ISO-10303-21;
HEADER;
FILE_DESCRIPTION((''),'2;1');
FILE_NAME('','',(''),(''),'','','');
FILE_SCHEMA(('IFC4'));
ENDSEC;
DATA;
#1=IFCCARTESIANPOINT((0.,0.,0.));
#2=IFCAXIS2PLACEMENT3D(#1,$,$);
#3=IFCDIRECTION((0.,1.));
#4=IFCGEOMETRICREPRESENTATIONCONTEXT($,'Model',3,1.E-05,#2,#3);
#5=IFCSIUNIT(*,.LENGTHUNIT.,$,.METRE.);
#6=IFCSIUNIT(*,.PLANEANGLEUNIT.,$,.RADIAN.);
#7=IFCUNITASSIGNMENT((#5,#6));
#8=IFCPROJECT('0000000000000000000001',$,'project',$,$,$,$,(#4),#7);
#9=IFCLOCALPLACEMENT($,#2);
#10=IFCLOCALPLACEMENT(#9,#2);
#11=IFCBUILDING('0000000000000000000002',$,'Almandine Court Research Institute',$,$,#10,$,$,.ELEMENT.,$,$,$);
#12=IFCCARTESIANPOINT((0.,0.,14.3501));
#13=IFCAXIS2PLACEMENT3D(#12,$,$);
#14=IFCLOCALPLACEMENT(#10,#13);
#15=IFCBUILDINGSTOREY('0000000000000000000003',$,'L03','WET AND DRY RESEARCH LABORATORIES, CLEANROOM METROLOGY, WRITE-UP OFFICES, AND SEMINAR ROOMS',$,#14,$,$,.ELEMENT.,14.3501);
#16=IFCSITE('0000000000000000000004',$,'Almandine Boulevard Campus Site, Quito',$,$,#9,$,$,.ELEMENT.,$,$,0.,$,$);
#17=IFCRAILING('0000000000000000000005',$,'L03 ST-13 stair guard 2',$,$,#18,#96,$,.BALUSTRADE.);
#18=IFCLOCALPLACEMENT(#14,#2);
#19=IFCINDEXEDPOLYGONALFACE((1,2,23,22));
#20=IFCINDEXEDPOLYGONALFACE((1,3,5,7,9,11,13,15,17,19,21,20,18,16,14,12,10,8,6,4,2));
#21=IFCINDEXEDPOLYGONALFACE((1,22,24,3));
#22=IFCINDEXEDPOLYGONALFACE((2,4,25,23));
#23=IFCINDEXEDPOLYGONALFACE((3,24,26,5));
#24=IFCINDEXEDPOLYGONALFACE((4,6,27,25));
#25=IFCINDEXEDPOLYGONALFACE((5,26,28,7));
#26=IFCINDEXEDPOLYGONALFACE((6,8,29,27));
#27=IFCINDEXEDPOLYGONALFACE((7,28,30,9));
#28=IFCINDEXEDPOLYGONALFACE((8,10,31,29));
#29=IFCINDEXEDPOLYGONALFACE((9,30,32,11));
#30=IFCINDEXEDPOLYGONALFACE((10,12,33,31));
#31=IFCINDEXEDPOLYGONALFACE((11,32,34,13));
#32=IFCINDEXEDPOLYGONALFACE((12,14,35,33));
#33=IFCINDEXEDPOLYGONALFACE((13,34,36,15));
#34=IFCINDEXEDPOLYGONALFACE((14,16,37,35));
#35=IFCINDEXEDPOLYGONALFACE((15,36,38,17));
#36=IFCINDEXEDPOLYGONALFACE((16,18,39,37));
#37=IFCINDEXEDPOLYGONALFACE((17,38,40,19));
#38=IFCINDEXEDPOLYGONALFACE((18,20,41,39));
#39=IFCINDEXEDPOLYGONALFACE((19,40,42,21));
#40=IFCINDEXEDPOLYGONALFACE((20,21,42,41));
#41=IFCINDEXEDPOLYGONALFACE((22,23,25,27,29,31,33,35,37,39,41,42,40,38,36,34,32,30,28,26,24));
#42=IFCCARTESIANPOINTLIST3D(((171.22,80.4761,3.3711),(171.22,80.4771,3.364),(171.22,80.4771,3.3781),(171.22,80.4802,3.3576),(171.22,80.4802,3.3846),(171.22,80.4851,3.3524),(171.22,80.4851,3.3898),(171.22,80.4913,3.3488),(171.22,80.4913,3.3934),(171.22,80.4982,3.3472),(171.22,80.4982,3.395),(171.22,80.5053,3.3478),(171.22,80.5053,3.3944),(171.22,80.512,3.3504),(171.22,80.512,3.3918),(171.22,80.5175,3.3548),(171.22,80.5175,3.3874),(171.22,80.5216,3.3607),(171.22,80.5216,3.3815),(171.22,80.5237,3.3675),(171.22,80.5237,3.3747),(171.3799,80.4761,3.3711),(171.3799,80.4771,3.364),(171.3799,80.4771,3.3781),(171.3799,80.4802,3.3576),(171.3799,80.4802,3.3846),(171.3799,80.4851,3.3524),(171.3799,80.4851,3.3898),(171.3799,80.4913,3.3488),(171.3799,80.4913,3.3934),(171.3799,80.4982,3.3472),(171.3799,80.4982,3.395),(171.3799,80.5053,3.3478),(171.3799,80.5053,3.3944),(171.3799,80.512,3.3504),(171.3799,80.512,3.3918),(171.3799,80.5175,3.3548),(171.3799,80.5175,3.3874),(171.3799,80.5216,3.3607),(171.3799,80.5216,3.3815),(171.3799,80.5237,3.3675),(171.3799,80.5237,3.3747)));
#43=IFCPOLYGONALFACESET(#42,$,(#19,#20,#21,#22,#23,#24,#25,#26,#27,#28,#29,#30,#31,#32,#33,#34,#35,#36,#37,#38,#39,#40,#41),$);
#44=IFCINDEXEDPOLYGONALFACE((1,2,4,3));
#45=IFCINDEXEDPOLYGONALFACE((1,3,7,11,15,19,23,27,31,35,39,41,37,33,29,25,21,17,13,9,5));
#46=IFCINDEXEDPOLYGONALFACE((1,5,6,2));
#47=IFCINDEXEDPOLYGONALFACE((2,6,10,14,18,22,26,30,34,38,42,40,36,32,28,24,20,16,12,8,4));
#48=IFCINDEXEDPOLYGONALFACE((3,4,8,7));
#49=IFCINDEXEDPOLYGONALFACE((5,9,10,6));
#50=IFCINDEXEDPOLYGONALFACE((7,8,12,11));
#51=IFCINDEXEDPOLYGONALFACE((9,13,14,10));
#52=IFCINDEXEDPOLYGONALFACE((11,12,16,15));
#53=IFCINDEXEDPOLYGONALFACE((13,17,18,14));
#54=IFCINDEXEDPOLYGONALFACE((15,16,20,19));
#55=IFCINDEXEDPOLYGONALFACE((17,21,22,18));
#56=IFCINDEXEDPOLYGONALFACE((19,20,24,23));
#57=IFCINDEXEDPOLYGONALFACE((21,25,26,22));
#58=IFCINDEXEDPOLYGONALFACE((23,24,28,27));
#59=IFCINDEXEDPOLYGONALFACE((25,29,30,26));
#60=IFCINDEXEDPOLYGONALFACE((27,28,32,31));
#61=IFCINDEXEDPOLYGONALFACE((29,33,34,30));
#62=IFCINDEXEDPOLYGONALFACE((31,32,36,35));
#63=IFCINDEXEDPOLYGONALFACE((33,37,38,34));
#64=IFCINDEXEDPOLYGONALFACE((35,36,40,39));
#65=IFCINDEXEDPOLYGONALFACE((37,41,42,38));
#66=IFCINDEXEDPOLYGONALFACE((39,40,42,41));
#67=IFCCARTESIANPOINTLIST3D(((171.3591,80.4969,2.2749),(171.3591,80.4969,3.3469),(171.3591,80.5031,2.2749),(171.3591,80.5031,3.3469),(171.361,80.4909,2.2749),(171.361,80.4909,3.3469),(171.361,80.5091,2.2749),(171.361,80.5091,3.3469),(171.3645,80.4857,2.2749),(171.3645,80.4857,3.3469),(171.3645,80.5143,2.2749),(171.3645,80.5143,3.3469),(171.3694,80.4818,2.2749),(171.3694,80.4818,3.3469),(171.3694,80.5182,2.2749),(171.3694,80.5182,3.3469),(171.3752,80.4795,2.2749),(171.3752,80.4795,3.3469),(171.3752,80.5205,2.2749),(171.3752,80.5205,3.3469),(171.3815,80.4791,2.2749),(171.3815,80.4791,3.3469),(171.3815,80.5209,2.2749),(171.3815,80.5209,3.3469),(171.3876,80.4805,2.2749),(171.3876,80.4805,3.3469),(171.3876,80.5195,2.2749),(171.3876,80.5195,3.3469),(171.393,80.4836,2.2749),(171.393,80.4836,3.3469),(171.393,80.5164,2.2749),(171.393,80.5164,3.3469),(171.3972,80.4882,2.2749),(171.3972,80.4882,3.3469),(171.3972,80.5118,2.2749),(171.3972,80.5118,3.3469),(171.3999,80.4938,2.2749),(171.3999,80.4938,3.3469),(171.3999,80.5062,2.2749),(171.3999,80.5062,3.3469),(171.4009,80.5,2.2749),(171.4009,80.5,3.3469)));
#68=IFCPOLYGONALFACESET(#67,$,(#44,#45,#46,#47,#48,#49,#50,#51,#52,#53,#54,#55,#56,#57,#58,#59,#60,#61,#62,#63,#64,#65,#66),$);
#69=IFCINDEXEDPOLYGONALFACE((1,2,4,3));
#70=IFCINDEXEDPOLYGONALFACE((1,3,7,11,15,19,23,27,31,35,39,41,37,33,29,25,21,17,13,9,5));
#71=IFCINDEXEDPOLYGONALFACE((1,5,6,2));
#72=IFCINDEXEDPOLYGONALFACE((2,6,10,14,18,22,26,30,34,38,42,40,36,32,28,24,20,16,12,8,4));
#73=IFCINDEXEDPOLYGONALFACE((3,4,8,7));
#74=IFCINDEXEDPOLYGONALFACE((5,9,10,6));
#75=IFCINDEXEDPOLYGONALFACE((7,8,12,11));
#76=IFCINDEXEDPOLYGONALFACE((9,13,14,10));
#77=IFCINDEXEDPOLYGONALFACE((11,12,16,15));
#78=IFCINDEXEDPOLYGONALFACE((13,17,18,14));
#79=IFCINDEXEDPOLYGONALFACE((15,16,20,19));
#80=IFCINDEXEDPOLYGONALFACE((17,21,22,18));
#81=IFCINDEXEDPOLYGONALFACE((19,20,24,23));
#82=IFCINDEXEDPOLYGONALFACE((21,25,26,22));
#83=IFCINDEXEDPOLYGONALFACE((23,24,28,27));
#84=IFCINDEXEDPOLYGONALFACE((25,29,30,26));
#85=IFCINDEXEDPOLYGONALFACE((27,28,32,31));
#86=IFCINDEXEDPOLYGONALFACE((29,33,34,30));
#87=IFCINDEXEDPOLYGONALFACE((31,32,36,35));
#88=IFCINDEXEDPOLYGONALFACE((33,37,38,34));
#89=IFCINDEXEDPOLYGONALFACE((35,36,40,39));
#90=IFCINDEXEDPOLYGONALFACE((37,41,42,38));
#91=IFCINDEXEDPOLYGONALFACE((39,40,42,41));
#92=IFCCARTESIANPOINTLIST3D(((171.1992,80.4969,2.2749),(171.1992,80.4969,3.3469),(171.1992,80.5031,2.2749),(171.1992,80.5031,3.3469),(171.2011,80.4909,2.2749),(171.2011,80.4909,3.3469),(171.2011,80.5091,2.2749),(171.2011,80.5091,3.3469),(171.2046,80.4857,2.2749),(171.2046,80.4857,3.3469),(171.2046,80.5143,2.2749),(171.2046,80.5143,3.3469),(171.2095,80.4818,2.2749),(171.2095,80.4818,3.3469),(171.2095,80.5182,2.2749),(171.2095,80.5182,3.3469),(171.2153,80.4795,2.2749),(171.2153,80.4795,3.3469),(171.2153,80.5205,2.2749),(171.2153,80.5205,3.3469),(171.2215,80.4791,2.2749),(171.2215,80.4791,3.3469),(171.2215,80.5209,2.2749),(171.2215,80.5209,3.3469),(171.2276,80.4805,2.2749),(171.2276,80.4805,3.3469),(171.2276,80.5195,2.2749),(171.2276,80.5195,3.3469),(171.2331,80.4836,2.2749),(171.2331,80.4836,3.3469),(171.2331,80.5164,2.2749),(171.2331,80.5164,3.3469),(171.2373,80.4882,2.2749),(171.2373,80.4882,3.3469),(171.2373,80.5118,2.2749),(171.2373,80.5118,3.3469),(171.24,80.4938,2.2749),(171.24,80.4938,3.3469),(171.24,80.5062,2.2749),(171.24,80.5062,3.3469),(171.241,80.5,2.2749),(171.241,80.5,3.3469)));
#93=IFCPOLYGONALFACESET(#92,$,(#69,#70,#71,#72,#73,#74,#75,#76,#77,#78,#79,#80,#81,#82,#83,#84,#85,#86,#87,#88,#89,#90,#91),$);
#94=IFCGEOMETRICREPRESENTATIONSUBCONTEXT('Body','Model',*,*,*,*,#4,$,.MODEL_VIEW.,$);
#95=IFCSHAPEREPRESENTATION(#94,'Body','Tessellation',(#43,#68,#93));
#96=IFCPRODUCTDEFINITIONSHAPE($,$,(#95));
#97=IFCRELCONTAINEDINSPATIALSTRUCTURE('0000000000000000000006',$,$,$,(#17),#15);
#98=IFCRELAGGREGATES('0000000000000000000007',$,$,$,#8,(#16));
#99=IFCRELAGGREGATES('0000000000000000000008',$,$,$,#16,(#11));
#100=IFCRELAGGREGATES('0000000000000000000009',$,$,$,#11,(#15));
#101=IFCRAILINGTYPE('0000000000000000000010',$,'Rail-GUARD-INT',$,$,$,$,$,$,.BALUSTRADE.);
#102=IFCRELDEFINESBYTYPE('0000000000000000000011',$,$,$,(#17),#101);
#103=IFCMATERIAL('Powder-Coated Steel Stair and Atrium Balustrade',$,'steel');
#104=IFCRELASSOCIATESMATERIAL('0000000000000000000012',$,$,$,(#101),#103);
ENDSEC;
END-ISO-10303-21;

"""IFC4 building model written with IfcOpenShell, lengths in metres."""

from ifc_helpers import new_model, si_unit, direction, frame, origin, origin_2d, place, context, subcontext, project, spatial, circle, extrude, material, type_object, element, save


model = new_model("IFC4")

# Units and contexts
model_context = context("Model", 3, precision=1e-05, world=origin(), true_north=direction((0.0, 1.0)))
body_context = subcontext(model_context, "Body", "Model", "MODEL_VIEW")
ifc_project = project(units=[si_unit("LENGTHUNIT", "METRE"), si_unit("PLANEANGLEUNIT", "RADIAN")], contexts=[model_context])

# Site, building, storey
site_placement = place(None, origin())
site = spatial("IfcSite", under=ifc_project, at=site_placement, Name="Almandine Boulevard Campus Site, Quito", CompositionType="ELEMENT", RefElevation=0.0)
building_placement = place(site_placement, origin())
building = spatial("IfcBuilding", under=site, at=building_placement, Name="Almandine Court Research Institute", CompositionType="ELEMENT")
storey_placement = place(building_placement, frame((0.0, 0.0, 14.3501)))
storey = spatial("IfcBuildingStorey", under=building, at=storey_placement, Name="L03", Description="WET AND DRY RESEARCH LABORATORIES, CLEANROOM METROLOGY, WRITE-UP OFFICES, AND SEMINAR ROOMS", CompositionType="ELEMENT", Elevation=14.3501)

# Railing
ifc_material_1 = material(Name="Powder-Coated Steel Stair and Atrium Balustrade", Category="steel")
railing_type_1 = type_object("IfcRailingType", Name="Rail-GUARD-INT", PredefinedType="BALUSTRADE", material=ifc_material_1)
railing_1_placement = place(storey_placement, frame((171.3799, 80.5, 2.2749)))
element("IfcRailing", 1, at=railing_1_placement, inside=storey, type_object=railing_type_1, Name="L03 ST-13 stair guard 2", PredefinedType="BALUSTRADE", context=body_context, shape_type="SweptSolid", body=[
    extrude(circle(Radius=0.0239, at=origin_2d()), frame((0.0, 0.0, 1.0962), z_axis=(-1.0, 0.0, 0.0), x_axis=(0.0, -1.0, 0.0)), (0.0, 0.0, 1.0), 0.1599),
    extrude(circle(Radius=0.021, at=origin_2d()), origin(), (0.0, 0.0, 1.0), 1.072),
    extrude(circle(Radius=0.021, at=origin_2d()), frame((-0.1599, 0.0, 0.0)), (0.0, 0.0, 1.0), 1.072),
])

save(model, "model.ifc")
